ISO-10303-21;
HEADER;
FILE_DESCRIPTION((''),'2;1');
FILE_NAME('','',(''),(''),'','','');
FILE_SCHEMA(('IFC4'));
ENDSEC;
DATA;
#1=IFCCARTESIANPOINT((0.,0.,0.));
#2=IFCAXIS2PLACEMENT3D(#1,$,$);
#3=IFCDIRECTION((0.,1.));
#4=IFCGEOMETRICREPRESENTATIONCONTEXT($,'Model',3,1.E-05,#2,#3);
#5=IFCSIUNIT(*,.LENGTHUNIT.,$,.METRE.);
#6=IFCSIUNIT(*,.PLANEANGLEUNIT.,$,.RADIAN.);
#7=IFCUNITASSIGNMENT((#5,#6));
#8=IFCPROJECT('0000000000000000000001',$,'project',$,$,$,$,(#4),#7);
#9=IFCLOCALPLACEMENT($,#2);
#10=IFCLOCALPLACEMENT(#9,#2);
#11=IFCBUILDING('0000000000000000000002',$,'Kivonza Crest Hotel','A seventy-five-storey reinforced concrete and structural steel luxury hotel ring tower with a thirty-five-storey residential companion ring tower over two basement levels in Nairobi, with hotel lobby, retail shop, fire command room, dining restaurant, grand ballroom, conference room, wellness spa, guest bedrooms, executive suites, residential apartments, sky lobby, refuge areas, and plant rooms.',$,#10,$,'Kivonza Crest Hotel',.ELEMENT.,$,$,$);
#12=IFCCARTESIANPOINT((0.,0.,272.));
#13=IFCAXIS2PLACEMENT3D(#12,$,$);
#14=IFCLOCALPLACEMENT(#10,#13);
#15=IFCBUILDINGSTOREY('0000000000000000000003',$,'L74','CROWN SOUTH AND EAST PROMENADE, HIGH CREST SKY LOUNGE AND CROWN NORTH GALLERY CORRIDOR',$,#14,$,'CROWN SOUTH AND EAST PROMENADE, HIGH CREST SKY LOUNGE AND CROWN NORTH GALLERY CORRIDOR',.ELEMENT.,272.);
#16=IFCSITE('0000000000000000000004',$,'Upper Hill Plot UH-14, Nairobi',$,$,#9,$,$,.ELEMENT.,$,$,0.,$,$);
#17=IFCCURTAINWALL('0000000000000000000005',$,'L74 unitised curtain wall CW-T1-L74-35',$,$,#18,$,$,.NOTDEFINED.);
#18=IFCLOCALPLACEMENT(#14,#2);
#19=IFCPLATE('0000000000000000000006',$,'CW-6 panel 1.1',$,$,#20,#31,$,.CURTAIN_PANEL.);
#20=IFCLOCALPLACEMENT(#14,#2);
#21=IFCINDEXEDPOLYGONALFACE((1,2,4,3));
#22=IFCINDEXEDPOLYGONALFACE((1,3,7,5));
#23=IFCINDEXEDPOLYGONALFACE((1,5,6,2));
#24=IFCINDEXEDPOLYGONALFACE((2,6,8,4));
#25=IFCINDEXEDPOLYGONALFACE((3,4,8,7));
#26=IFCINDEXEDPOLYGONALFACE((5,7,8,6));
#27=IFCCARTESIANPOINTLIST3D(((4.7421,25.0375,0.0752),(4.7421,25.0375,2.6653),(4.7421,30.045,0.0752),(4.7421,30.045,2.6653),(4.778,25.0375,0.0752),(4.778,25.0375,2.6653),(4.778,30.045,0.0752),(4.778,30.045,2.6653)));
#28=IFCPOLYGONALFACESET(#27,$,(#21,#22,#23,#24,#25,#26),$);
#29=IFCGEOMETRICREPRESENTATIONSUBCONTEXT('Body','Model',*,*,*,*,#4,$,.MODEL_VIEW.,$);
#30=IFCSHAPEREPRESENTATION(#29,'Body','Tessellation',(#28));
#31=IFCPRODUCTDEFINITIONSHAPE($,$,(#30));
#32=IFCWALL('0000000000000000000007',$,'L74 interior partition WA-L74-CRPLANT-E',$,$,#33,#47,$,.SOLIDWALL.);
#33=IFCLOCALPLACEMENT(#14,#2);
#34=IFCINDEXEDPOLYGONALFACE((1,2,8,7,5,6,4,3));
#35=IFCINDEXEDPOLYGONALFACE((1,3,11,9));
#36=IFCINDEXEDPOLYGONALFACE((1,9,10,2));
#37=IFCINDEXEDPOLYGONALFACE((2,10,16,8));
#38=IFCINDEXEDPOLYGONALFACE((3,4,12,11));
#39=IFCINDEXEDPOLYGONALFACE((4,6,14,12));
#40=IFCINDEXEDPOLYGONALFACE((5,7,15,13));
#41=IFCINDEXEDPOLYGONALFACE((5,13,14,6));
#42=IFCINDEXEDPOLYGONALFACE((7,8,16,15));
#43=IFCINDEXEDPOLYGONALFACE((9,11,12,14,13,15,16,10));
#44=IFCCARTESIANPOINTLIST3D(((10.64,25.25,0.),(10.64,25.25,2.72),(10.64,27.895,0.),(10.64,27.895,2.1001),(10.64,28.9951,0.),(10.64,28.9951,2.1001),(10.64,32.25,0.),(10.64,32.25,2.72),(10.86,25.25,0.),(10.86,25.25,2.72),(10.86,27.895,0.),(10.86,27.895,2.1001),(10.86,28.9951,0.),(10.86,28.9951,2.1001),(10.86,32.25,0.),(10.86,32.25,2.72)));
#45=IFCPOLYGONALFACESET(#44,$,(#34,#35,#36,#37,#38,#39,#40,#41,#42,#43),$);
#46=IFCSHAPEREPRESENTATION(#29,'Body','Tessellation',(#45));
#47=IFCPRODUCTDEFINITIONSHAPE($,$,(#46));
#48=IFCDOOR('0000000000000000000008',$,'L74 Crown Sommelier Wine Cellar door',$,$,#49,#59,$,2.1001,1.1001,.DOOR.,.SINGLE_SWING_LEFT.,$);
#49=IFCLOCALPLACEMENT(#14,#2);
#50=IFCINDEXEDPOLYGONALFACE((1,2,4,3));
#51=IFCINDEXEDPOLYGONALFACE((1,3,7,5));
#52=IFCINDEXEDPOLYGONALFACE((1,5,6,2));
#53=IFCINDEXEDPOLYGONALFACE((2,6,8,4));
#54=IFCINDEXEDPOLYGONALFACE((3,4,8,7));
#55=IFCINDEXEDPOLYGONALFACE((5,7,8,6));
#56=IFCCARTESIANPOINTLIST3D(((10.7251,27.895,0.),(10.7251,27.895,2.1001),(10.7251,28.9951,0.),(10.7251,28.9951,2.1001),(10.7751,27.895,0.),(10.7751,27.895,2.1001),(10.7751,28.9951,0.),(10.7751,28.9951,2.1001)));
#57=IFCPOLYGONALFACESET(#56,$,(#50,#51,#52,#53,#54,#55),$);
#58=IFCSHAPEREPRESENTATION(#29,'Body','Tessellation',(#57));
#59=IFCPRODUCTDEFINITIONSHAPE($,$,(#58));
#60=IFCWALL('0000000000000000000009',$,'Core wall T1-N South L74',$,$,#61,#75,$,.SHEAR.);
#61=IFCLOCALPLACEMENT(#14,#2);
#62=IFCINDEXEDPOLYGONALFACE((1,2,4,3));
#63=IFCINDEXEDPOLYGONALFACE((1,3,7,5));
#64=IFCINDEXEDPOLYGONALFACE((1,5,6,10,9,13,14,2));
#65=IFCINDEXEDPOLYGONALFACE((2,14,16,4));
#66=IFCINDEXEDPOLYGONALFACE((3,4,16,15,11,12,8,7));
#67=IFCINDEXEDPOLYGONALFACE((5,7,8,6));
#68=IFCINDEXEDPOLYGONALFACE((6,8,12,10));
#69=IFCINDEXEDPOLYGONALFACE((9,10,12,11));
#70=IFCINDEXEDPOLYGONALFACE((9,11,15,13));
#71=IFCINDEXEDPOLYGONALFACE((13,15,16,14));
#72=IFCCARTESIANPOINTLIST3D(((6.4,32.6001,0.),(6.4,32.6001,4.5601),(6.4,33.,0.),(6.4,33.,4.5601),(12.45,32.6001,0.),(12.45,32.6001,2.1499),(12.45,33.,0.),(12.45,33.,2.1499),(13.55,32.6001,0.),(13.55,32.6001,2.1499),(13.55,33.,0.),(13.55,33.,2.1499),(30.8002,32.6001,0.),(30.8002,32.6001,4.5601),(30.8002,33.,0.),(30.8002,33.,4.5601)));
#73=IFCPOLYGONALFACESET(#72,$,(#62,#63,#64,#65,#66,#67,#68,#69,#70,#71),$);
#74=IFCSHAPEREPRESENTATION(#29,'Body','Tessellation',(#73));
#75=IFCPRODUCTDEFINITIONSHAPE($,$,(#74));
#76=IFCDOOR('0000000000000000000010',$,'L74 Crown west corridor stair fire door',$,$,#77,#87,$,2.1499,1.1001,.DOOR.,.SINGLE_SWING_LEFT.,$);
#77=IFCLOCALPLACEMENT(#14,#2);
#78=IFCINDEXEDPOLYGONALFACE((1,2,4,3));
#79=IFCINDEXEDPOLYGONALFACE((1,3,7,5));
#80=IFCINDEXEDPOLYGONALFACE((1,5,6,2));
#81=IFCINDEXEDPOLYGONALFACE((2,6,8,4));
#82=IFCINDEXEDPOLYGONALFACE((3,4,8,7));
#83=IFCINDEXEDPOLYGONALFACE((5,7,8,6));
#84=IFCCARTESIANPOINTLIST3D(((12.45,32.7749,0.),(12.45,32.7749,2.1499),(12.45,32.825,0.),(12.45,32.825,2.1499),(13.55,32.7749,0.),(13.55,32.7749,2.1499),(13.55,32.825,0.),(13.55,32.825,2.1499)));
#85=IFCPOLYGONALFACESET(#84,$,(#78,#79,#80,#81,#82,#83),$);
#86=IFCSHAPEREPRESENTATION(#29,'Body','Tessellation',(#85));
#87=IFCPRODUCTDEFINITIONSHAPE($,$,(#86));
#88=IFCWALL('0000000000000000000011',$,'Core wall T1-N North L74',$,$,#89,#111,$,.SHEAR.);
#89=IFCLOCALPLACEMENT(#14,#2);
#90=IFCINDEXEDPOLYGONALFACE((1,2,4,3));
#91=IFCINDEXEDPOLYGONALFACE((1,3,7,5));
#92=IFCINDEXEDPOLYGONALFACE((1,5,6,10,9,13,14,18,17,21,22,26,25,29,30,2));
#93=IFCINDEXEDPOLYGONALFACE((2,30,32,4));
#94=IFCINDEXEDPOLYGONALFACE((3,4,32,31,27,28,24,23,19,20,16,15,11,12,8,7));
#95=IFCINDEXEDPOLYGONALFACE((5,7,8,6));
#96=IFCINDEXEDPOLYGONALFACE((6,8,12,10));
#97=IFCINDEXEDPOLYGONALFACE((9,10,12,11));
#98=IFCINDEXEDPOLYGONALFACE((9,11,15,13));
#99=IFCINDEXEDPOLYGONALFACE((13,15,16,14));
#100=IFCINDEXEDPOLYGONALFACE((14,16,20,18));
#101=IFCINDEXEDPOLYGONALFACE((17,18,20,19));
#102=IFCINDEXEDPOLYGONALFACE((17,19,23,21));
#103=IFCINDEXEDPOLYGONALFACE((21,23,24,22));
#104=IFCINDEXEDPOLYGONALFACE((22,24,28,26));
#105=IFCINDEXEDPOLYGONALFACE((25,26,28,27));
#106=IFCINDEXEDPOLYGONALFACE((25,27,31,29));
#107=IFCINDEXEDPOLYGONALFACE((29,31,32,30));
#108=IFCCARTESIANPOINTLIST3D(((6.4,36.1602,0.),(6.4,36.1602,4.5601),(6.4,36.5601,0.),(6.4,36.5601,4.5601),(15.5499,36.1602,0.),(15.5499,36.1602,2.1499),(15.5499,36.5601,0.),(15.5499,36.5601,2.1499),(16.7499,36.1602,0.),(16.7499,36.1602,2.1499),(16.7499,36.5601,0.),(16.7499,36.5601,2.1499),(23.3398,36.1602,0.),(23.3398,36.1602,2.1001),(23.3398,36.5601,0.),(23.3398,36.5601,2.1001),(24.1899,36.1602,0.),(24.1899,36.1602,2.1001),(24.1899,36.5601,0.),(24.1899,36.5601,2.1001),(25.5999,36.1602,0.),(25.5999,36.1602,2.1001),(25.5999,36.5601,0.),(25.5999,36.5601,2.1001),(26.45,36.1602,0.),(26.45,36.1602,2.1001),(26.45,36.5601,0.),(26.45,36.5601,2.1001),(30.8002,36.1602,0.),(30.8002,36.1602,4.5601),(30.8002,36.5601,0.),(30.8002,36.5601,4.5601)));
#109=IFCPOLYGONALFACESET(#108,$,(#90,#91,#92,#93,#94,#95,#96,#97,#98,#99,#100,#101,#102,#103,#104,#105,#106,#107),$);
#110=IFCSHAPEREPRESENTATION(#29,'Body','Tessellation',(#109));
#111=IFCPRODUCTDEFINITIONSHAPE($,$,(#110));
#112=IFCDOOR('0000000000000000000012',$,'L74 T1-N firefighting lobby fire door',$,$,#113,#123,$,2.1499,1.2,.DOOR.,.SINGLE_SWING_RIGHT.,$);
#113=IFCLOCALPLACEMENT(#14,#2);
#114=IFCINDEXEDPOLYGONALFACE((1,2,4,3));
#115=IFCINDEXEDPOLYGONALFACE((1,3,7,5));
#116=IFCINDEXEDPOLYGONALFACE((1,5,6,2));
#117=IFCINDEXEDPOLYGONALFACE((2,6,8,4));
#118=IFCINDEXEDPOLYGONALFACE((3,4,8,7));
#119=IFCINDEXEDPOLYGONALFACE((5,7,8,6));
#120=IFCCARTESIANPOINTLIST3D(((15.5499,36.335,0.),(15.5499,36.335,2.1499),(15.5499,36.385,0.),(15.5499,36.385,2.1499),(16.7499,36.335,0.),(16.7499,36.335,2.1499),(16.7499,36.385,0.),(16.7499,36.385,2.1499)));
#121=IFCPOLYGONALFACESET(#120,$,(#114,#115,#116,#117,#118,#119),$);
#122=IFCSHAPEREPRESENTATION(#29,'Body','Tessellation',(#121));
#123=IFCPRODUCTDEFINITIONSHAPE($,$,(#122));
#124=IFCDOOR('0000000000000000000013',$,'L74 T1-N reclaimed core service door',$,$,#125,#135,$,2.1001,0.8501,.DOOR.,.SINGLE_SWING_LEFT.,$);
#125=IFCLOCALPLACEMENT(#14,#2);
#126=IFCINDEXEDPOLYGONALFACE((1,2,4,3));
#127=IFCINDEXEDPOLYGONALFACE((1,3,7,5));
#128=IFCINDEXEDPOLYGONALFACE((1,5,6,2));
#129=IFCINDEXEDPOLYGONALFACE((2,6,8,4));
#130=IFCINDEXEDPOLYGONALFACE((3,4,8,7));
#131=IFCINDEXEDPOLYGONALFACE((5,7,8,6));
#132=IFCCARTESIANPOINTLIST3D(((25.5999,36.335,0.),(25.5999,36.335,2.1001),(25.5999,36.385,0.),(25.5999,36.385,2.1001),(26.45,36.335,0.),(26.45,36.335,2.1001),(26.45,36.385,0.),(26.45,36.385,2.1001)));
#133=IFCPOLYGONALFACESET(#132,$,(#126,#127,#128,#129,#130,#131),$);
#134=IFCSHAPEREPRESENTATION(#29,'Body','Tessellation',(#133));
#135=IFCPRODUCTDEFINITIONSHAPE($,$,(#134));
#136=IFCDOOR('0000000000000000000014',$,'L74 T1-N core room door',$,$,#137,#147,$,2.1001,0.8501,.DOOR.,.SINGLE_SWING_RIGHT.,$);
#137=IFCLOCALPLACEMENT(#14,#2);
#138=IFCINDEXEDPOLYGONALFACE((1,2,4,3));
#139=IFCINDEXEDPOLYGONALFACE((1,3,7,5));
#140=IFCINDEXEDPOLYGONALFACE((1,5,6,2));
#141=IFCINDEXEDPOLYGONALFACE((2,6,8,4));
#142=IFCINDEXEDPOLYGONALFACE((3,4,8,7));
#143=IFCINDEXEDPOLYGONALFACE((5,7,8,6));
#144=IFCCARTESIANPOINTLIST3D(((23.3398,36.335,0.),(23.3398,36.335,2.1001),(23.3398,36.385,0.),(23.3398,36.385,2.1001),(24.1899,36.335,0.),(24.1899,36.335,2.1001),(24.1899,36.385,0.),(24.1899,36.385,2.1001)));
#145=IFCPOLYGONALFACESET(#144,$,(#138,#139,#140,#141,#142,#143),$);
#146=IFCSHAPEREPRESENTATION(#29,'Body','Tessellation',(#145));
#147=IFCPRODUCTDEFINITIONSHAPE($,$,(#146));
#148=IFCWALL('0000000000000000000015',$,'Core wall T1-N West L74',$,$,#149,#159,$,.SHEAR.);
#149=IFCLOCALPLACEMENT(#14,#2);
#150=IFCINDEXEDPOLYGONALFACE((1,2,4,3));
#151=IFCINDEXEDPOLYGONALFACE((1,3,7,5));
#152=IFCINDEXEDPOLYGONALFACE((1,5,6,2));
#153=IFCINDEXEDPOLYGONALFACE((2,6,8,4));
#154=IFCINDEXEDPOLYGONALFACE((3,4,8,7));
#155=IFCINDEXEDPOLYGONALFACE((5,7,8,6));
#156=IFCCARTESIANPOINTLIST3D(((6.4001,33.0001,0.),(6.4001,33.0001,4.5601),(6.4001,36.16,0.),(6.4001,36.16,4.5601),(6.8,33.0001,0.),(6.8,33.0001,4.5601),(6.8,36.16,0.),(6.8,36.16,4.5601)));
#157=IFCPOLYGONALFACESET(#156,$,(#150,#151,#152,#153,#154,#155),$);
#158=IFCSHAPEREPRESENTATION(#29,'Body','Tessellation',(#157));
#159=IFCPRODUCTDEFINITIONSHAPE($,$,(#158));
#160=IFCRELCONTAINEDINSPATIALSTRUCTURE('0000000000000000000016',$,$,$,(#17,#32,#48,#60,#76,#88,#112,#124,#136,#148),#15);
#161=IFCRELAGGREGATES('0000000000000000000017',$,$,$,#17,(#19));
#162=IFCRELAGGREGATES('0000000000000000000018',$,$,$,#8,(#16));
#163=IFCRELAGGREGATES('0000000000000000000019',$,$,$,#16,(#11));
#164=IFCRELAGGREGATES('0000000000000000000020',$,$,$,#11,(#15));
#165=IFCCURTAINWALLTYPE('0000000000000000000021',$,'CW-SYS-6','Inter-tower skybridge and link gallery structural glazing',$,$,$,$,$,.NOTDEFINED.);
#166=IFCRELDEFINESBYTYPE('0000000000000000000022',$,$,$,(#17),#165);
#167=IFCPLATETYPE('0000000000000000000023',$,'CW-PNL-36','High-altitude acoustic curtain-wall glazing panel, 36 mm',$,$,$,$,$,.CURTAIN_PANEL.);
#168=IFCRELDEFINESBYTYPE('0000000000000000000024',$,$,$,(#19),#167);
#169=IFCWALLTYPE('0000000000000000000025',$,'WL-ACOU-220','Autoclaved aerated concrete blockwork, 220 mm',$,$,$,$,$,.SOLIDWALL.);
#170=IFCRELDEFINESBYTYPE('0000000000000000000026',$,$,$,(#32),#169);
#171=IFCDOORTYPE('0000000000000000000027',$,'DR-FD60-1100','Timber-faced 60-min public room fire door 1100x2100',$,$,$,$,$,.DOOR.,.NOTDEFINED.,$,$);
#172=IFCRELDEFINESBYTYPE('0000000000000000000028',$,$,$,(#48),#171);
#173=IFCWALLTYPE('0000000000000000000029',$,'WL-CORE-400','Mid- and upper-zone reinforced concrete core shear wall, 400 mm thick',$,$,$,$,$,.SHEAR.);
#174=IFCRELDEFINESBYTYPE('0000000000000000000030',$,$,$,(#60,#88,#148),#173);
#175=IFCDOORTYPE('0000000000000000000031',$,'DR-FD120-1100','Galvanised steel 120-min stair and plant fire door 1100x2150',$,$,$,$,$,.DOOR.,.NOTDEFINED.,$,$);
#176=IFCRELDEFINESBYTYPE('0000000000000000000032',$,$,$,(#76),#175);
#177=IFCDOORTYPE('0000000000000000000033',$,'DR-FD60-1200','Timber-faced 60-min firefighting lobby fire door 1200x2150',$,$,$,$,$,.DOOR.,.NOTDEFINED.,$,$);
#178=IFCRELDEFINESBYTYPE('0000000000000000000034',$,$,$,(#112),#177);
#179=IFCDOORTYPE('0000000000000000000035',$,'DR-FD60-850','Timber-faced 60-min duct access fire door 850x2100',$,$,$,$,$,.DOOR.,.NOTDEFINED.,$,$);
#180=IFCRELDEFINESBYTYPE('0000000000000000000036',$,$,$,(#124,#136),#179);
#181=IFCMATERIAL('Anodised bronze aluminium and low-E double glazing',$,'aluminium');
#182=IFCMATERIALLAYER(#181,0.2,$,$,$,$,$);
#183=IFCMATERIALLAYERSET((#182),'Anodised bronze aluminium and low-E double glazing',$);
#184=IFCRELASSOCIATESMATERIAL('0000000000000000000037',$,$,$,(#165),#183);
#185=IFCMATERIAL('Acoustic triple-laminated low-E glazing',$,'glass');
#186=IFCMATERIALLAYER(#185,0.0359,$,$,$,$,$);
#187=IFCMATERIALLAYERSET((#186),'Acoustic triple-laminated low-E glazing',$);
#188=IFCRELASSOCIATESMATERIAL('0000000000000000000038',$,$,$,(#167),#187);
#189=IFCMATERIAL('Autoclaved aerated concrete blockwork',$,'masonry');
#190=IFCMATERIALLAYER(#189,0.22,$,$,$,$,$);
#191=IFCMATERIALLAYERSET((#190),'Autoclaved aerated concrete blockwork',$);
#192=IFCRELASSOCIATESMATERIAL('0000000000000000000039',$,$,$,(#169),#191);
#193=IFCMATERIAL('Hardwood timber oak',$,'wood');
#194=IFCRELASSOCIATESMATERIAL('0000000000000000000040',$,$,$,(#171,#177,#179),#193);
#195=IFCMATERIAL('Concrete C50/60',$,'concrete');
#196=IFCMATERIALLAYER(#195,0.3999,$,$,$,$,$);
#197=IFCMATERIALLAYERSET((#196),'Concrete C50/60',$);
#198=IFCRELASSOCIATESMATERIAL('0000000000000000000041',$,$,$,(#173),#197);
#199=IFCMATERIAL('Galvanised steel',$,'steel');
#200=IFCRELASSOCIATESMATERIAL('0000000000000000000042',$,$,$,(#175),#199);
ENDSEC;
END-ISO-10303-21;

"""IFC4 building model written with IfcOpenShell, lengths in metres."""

from ifc_helpers import new_model, si_unit, direction, frame, frame_2d, origin, origin_2d, place, context, subcontext, project, spatial, rectangle, extrude, material, layer, layer_set, type_object, element, fill, aggregate, save


model = new_model("IFC4")

# Units and contexts
model_context = context("Model", 3, precision=1e-05, world=origin(), true_north=direction((0.0, 1.0)))
body_context = subcontext(model_context, "Body", "Model", "MODEL_VIEW")
ifc_project = project(units=[si_unit("LENGTHUNIT", "METRE"), si_unit("PLANEANGLEUNIT", "RADIAN")], contexts=[model_context])

# Site, building, storey
site_placement = place(None, origin())
site = spatial("IfcSite", under=ifc_project, at=site_placement, Name="Upper Hill Plot UH-14, Nairobi", CompositionType="ELEMENT", RefElevation=0.0)
building_placement = place(site_placement, origin())
building = spatial("IfcBuilding", under=site, at=building_placement, Name="Kivonza Crest Hotel", Description="A seventy-five-storey reinforced concrete and structural steel luxury hotel ring tower with a thirty-five-storey residential companion ring tower over two basement levels in Nairobi, with hotel lobby, retail shop, fire command room, dining restaurant, grand ballroom, conference room, wellness spa, guest bedrooms, executive suites, residential apartments, sky lobby, refuge areas, and plant rooms.", LongName="Kivonza Crest Hotel", CompositionType="ELEMENT")
storey_placement = place(building_placement, frame((0.0, 0.0, 272.0)))
storey = spatial("IfcBuildingStorey", under=building, at=storey_placement, Name="L74", Description="CROWN SOUTH AND EAST PROMENADE, HIGH CREST SKY LOUNGE AND CROWN NORTH GALLERY CORRIDOR", LongName="CROWN SOUTH AND EAST PROMENADE, HIGH CREST SKY LOUNGE AND CROWN NORTH GALLERY CORRIDOR", CompositionType="ELEMENT", Elevation=272.0)

# Shared definitions
ifc_material_1 = material(Name="Concrete C50/60", Category="concrete")

# Curtain wall, plate
ifc_material_2 = material(Name="Anodised bronze aluminium and low-E double glazing", Category="aluminium")
ifc_layer_1 = layer(ifc_material_2, 0.2)
ifc_layer_set_1 = layer_set([ifc_layer_1], Name="Anodised bronze aluminium and low-E double glazing")
curtain_wall_type = type_object("IfcCurtainWallType", Name="CW-SYS-6", Description="Inter-tower skybridge and link gallery structural glazing", PredefinedType="NOTDEFINED", material=ifc_layer_set_1)
curtain_wall_placement = place(storey_placement, origin())
curtain_wall = element("IfcCurtainWall", 1, at=curtain_wall_placement, inside=storey, type_object=curtain_wall_type, Name="L74 unitised curtain wall CW-T1-L74-35", PredefinedType="NOTDEFINED")
ifc_material_3 = material(Name="Acoustic triple-laminated low-E glazing", Category="glass")
ifc_layer_2 = layer(ifc_material_3, 0.0359)
ifc_layer_set_2 = layer_set([ifc_layer_2], Name="Acoustic triple-laminated low-E glazing")
plate_type = type_object("IfcPlateType", Name="CW-PNL-36", Description="High-altitude acoustic curtain-wall glazing panel, 36 mm", PredefinedType="CURTAIN_PANEL", material=ifc_layer_set_2)
plate_placement = place(storey_placement, frame((4.76, 27.5413, 0.0752), z_axis=(0.0, 0.0, 1.0), x_axis=(0.0, -1.0, 0.0)))
plate = element("IfcPlate", 2, at=plate_placement, type_object=plate_type, Name="CW-6 panel 1.1", PredefinedType="CURTAIN_PANEL", context=body_context, shape_type="SweptSolid", body=[
    extrude(rectangle(XDim=5.0076, YDim=0.0359, at=origin_2d()), origin(), (0.0, 0.0, 1.0), 2.5901),
])
aggregate(curtain_wall, [plate])

# Walls, openings, doors
ifc_material_4 = material(Name="Autoclaved aerated concrete blockwork", Category="masonry")
ifc_layer_3 = layer(ifc_material_4, 0.22)
ifc_layer_set_3 = layer_set([ifc_layer_3], Name="Autoclaved aerated concrete blockwork")
wall_type_1 = type_object("IfcWallType", Name="WL-ACOU-220", Description="Autoclaved aerated concrete blockwork, 220 mm", PredefinedType="SOLIDWALL", material=ifc_layer_set_3)
wall_1_placement = place(storey_placement, frame((10.75, 25.25, 0.0), z_axis=(0.0, 0.0, 1.0), x_axis=(0.0, 1.0, 0.0)))
wall_1 = element("IfcWall", 3, at=wall_1_placement, inside=storey, type_object=wall_type_1, Name="L74 interior partition WA-L74-CRPLANT-E", PredefinedType="SOLIDWALL", context=body_context, shape_type="SweptSolid", body=[
    extrude(rectangle(XDim=7.0, YDim=0.22, at=frame_2d((3.5, 0.0))), origin(), (0.0, 0.0, 1.0), 2.72),
])
opening_1_placement = place(wall_1_placement, frame((2.645, 0.0, 0.0)))
opening_1 = element("IfcOpeningElement", 4, at=opening_1_placement, cuts=wall_1, PredefinedType="OPENING", context=body_context, shape_type="SweptSolid", body=[
    extrude(rectangle(XDim=1.1001, YDim=2.1001, at=frame_2d((0.55, 1.05))), frame((0.0, 0.1201, 0.0), z_axis=(0.0, -1.0, 0.0), x_axis=(1.0, 0.0, 0.0)), (0.0, 0.0, 1.0), 0.24),
])
ifc_material_5 = material(Name="Hardwood timber oak", Category="wood")
door_type_1 = type_object("IfcDoorType", Name="DR-FD60-1100", Description="Timber-faced 60-min public room fire door 1100x2100", OperationType="NOTDEFINED", PredefinedType="DOOR", material=ifc_material_5)
door_1_placement = place(opening_1_placement, origin())
door_1 = element("IfcDoor", 5, at=door_1_placement, inside=storey, type_object=door_type_1, Name="L74 Crown Sommelier Wine Cellar door", OperationType="SINGLE_SWING_LEFT", OverallHeight=2.1001, OverallWidth=1.1001, PredefinedType="DOOR", context=body_context, shape_type="SweptSolid", body=[
    extrude(rectangle(XDim=1.1001, YDim=2.1001, at=frame_2d((0.55, 1.05))), frame((0.0, 0.0249, 0.0), z_axis=(0.0, -1.0, 0.0), x_axis=(1.0, 0.0, 0.0)), (0.0, 0.0, 1.0), 0.05),
])
fill(opening_1, door_1)
ifc_layer_4 = layer(ifc_material_1, 0.3999)
ifc_layer_set_4 = layer_set([ifc_layer_4], Name="Concrete C50/60")
wall_type_2 = type_object("IfcWallType", Name="WL-CORE-400", Description="Mid- and upper-zone reinforced concrete core shear wall, 400 mm thick", PredefinedType="SHEAR", material=ifc_layer_set_4)
wall_2_placement = place(storey_placement, frame((6.3999, 32.8, 0.0), z_axis=(0.0, 0.0, 1.0), x_axis=(1.0, 0.0, 0.0)))
wall_2 = element("IfcWall", 6, at=wall_2_placement, inside=storey, type_object=wall_type_2, Name="Core wall T1-N South L74", PredefinedType="SHEAR", context=body_context, shape_type="SweptSolid", body=[
    extrude(rectangle(XDim=24.4001, YDim=0.3999, at=frame_2d((12.2002, 0.0))), origin(), (0.0, 0.0, 1.0), 4.5601),
])
opening_2_placement = place(wall_2_placement, frame((6.05, 0.0, 0.0)))
opening_2 = element("IfcOpeningElement", 7, at=opening_2_placement, cuts=wall_2, PredefinedType="OPENING", context=body_context, shape_type="SweptSolid", body=[
    extrude(rectangle(XDim=1.1001, YDim=2.1499, at=frame_2d((0.55, 1.075))), frame((0.0, 0.21, 0.0), z_axis=(0.0, -1.0, 0.0), x_axis=(1.0, 0.0, 0.0)), (0.0, 0.0, 1.0), 0.4199),
])
ifc_material_6 = material(Name="Galvanised steel", Category="steel")
door_type_2 = type_object("IfcDoorType", Name="DR-FD120-1100", Description="Galvanised steel 120-min stair and plant fire door 1100x2150", OperationType="NOTDEFINED", PredefinedType="DOOR", material=ifc_material_6)
door_2_placement = place(opening_2_placement, origin())
door_2 = element("IfcDoor", 8, at=door_2_placement, inside=storey, type_object=door_type_2, Name="L74 Crown west corridor stair fire door", OperationType="SINGLE_SWING_LEFT", OverallHeight=2.1499, OverallWidth=1.1001, PredefinedType="DOOR", context=body_context, shape_type="SweptSolid", body=[
    extrude(rectangle(XDim=1.1001, YDim=2.1499, at=frame_2d((0.55, 1.075))), frame((0.0, 0.0249, 0.0), z_axis=(0.0, -1.0, 0.0), x_axis=(1.0, 0.0, 0.0)), (0.0, 0.0, 1.0), 0.05),
])
fill(opening_2, door_2)

# Wall, openings, doors
wall_3_placement = place(storey_placement, frame((6.3999, 36.3601, 0.0), z_axis=(0.0, 0.0, 1.0), x_axis=(1.0, 0.0, 0.0)))
wall_3 = element("IfcWall", 9, at=wall_3_placement, inside=storey, type_object=wall_type_2, Name="Core wall T1-N North L74", PredefinedType="SHEAR", context=body_context, shape_type="SweptSolid", body=[
    extrude(rectangle(XDim=24.4001, YDim=0.3999, at=frame_2d((12.2002, 0.0))), origin(), (0.0, 0.0, 1.0), 4.5601),
])
opening_3_placement = place(wall_3_placement, frame((9.1499, 0.0, 0.0)))
opening_3 = element("IfcOpeningElement", 10, at=opening_3_placement, cuts=wall_3, PredefinedType="OPENING", context=body_context, shape_type="SweptSolid", body=[
    extrude(rectangle(XDim=1.2, YDim=2.1499, at=frame_2d((0.6001, 1.075))), frame((0.0, 0.21, 0.0), z_axis=(0.0, -1.0, 0.0), x_axis=(1.0, 0.0, 0.0)), (0.0, 0.0, 1.0), 0.4199),
])
opening_4_placement = place(wall_3_placement, frame((19.2, 0.0, 0.0)))
opening_4 = element("IfcOpeningElement", 11, at=opening_4_placement, cuts=wall_3, PredefinedType="OPENING", context=body_context, shape_type="SweptSolid", body=[
    extrude(rectangle(XDim=0.8501, YDim=2.1001, at=frame_2d((0.425, 1.05))), frame((0.0, 0.21, 0.0), z_axis=(0.0, -1.0, 0.0), x_axis=(1.0, 0.0, 0.0)), (0.0, 0.0, 1.0), 0.4199),
])
opening_5_placement = place(wall_3_placement, frame((16.9399, 0.0, 0.0)))
opening_5 = element("IfcOpeningElement", 12, at=opening_5_placement, cuts=wall_3, PredefinedType="OPENING", context=body_context, shape_type="SweptSolid", body=[
    extrude(rectangle(XDim=0.8501, YDim=2.1001, at=frame_2d((0.425, 1.05))), frame((0.0, 0.21, 0.0), z_axis=(0.0, -1.0, 0.0), x_axis=(1.0, 0.0, 0.0)), (0.0, 0.0, 1.0), 0.4199),
])
door_type_3 = type_object("IfcDoorType", Name="DR-FD60-1200", Description="Timber-faced 60-min firefighting lobby fire door 1200x2150", OperationType="NOTDEFINED", PredefinedType="DOOR", material=ifc_material_5)
door_3_placement = place(opening_3_placement, origin())
door_3 = element("IfcDoor", 13, at=door_3_placement, inside=storey, type_object=door_type_3, Name="L74 T1-N firefighting lobby fire door", OperationType="SINGLE_SWING_RIGHT", OverallHeight=2.1499, OverallWidth=1.2, PredefinedType="DOOR", context=body_context, shape_type="SweptSolid", body=[
    extrude(rectangle(XDim=1.2, YDim=2.1499, at=frame_2d((0.6001, 1.075))), frame((0.0, 0.0249, 0.0), z_axis=(0.0, -1.0, 0.0), x_axis=(1.0, 0.0, 0.0)), (0.0, 0.0, 1.0), 0.05),
])
fill(opening_3, door_3)
door_type_4 = type_object("IfcDoorType", Name="DR-FD60-850", Description="Timber-faced 60-min duct access fire door 850x2100", OperationType="NOTDEFINED", PredefinedType="DOOR", material=ifc_material_5)
door_4_placement = place(opening_4_placement, origin())
door_4 = element("IfcDoor", 14, at=door_4_placement, inside=storey, type_object=door_type_4, Name="L74 T1-N reclaimed core service door", OperationType="SINGLE_SWING_LEFT", OverallHeight=2.1001, OverallWidth=0.8501, PredefinedType="DOOR", context=body_context, shape_type="SweptSolid", body=[
    extrude(rectangle(XDim=0.8501, YDim=2.1001, at=frame_2d((0.425, 1.05))), frame((0.0, 0.0249, 0.0), z_axis=(0.0, -1.0, 0.0), x_axis=(1.0, 0.0, 0.0)), (0.0, 0.0, 1.0), 0.05),
])
fill(opening_4, door_4)
door_5_placement = place(opening_5_placement, origin())
door_5 = element("IfcDoor", 15, at=door_5_placement, inside=storey, type_object=door_type_4, Name="L74 T1-N core room door", OperationType="SINGLE_SWING_RIGHT", OverallHeight=2.1001, OverallWidth=0.8501, PredefinedType="DOOR", context=body_context, shape_type="SweptSolid", body=[
    extrude(rectangle(XDim=0.8501, YDim=2.1001, at=frame_2d((0.425, 1.05))), frame((0.0, 0.0249, 0.0), z_axis=(0.0, -1.0, 0.0), x_axis=(1.0, 0.0, 0.0)), (0.0, 0.0, 1.0), 0.05),
])
fill(opening_5, door_5)

# Wall
wall_4_placement = place(storey_placement, frame((6.6001, 33.0, 0.0), z_axis=(0.0, 0.0, 1.0), x_axis=(0.0, 1.0, 0.0)))
element("IfcWall", 16, at=wall_4_placement, inside=storey, type_object=wall_type_2, Name="Core wall T1-N West L74", PredefinedType="SHEAR", context=body_context, shape_type="SweptSolid", body=[
    extrude(rectangle(XDim=3.1599, YDim=0.3999, at=frame_2d((1.5801, 0.0))), origin(), (0.0, 0.0, 1.0), 4.5601),
])

save(model, "model.ifc")
